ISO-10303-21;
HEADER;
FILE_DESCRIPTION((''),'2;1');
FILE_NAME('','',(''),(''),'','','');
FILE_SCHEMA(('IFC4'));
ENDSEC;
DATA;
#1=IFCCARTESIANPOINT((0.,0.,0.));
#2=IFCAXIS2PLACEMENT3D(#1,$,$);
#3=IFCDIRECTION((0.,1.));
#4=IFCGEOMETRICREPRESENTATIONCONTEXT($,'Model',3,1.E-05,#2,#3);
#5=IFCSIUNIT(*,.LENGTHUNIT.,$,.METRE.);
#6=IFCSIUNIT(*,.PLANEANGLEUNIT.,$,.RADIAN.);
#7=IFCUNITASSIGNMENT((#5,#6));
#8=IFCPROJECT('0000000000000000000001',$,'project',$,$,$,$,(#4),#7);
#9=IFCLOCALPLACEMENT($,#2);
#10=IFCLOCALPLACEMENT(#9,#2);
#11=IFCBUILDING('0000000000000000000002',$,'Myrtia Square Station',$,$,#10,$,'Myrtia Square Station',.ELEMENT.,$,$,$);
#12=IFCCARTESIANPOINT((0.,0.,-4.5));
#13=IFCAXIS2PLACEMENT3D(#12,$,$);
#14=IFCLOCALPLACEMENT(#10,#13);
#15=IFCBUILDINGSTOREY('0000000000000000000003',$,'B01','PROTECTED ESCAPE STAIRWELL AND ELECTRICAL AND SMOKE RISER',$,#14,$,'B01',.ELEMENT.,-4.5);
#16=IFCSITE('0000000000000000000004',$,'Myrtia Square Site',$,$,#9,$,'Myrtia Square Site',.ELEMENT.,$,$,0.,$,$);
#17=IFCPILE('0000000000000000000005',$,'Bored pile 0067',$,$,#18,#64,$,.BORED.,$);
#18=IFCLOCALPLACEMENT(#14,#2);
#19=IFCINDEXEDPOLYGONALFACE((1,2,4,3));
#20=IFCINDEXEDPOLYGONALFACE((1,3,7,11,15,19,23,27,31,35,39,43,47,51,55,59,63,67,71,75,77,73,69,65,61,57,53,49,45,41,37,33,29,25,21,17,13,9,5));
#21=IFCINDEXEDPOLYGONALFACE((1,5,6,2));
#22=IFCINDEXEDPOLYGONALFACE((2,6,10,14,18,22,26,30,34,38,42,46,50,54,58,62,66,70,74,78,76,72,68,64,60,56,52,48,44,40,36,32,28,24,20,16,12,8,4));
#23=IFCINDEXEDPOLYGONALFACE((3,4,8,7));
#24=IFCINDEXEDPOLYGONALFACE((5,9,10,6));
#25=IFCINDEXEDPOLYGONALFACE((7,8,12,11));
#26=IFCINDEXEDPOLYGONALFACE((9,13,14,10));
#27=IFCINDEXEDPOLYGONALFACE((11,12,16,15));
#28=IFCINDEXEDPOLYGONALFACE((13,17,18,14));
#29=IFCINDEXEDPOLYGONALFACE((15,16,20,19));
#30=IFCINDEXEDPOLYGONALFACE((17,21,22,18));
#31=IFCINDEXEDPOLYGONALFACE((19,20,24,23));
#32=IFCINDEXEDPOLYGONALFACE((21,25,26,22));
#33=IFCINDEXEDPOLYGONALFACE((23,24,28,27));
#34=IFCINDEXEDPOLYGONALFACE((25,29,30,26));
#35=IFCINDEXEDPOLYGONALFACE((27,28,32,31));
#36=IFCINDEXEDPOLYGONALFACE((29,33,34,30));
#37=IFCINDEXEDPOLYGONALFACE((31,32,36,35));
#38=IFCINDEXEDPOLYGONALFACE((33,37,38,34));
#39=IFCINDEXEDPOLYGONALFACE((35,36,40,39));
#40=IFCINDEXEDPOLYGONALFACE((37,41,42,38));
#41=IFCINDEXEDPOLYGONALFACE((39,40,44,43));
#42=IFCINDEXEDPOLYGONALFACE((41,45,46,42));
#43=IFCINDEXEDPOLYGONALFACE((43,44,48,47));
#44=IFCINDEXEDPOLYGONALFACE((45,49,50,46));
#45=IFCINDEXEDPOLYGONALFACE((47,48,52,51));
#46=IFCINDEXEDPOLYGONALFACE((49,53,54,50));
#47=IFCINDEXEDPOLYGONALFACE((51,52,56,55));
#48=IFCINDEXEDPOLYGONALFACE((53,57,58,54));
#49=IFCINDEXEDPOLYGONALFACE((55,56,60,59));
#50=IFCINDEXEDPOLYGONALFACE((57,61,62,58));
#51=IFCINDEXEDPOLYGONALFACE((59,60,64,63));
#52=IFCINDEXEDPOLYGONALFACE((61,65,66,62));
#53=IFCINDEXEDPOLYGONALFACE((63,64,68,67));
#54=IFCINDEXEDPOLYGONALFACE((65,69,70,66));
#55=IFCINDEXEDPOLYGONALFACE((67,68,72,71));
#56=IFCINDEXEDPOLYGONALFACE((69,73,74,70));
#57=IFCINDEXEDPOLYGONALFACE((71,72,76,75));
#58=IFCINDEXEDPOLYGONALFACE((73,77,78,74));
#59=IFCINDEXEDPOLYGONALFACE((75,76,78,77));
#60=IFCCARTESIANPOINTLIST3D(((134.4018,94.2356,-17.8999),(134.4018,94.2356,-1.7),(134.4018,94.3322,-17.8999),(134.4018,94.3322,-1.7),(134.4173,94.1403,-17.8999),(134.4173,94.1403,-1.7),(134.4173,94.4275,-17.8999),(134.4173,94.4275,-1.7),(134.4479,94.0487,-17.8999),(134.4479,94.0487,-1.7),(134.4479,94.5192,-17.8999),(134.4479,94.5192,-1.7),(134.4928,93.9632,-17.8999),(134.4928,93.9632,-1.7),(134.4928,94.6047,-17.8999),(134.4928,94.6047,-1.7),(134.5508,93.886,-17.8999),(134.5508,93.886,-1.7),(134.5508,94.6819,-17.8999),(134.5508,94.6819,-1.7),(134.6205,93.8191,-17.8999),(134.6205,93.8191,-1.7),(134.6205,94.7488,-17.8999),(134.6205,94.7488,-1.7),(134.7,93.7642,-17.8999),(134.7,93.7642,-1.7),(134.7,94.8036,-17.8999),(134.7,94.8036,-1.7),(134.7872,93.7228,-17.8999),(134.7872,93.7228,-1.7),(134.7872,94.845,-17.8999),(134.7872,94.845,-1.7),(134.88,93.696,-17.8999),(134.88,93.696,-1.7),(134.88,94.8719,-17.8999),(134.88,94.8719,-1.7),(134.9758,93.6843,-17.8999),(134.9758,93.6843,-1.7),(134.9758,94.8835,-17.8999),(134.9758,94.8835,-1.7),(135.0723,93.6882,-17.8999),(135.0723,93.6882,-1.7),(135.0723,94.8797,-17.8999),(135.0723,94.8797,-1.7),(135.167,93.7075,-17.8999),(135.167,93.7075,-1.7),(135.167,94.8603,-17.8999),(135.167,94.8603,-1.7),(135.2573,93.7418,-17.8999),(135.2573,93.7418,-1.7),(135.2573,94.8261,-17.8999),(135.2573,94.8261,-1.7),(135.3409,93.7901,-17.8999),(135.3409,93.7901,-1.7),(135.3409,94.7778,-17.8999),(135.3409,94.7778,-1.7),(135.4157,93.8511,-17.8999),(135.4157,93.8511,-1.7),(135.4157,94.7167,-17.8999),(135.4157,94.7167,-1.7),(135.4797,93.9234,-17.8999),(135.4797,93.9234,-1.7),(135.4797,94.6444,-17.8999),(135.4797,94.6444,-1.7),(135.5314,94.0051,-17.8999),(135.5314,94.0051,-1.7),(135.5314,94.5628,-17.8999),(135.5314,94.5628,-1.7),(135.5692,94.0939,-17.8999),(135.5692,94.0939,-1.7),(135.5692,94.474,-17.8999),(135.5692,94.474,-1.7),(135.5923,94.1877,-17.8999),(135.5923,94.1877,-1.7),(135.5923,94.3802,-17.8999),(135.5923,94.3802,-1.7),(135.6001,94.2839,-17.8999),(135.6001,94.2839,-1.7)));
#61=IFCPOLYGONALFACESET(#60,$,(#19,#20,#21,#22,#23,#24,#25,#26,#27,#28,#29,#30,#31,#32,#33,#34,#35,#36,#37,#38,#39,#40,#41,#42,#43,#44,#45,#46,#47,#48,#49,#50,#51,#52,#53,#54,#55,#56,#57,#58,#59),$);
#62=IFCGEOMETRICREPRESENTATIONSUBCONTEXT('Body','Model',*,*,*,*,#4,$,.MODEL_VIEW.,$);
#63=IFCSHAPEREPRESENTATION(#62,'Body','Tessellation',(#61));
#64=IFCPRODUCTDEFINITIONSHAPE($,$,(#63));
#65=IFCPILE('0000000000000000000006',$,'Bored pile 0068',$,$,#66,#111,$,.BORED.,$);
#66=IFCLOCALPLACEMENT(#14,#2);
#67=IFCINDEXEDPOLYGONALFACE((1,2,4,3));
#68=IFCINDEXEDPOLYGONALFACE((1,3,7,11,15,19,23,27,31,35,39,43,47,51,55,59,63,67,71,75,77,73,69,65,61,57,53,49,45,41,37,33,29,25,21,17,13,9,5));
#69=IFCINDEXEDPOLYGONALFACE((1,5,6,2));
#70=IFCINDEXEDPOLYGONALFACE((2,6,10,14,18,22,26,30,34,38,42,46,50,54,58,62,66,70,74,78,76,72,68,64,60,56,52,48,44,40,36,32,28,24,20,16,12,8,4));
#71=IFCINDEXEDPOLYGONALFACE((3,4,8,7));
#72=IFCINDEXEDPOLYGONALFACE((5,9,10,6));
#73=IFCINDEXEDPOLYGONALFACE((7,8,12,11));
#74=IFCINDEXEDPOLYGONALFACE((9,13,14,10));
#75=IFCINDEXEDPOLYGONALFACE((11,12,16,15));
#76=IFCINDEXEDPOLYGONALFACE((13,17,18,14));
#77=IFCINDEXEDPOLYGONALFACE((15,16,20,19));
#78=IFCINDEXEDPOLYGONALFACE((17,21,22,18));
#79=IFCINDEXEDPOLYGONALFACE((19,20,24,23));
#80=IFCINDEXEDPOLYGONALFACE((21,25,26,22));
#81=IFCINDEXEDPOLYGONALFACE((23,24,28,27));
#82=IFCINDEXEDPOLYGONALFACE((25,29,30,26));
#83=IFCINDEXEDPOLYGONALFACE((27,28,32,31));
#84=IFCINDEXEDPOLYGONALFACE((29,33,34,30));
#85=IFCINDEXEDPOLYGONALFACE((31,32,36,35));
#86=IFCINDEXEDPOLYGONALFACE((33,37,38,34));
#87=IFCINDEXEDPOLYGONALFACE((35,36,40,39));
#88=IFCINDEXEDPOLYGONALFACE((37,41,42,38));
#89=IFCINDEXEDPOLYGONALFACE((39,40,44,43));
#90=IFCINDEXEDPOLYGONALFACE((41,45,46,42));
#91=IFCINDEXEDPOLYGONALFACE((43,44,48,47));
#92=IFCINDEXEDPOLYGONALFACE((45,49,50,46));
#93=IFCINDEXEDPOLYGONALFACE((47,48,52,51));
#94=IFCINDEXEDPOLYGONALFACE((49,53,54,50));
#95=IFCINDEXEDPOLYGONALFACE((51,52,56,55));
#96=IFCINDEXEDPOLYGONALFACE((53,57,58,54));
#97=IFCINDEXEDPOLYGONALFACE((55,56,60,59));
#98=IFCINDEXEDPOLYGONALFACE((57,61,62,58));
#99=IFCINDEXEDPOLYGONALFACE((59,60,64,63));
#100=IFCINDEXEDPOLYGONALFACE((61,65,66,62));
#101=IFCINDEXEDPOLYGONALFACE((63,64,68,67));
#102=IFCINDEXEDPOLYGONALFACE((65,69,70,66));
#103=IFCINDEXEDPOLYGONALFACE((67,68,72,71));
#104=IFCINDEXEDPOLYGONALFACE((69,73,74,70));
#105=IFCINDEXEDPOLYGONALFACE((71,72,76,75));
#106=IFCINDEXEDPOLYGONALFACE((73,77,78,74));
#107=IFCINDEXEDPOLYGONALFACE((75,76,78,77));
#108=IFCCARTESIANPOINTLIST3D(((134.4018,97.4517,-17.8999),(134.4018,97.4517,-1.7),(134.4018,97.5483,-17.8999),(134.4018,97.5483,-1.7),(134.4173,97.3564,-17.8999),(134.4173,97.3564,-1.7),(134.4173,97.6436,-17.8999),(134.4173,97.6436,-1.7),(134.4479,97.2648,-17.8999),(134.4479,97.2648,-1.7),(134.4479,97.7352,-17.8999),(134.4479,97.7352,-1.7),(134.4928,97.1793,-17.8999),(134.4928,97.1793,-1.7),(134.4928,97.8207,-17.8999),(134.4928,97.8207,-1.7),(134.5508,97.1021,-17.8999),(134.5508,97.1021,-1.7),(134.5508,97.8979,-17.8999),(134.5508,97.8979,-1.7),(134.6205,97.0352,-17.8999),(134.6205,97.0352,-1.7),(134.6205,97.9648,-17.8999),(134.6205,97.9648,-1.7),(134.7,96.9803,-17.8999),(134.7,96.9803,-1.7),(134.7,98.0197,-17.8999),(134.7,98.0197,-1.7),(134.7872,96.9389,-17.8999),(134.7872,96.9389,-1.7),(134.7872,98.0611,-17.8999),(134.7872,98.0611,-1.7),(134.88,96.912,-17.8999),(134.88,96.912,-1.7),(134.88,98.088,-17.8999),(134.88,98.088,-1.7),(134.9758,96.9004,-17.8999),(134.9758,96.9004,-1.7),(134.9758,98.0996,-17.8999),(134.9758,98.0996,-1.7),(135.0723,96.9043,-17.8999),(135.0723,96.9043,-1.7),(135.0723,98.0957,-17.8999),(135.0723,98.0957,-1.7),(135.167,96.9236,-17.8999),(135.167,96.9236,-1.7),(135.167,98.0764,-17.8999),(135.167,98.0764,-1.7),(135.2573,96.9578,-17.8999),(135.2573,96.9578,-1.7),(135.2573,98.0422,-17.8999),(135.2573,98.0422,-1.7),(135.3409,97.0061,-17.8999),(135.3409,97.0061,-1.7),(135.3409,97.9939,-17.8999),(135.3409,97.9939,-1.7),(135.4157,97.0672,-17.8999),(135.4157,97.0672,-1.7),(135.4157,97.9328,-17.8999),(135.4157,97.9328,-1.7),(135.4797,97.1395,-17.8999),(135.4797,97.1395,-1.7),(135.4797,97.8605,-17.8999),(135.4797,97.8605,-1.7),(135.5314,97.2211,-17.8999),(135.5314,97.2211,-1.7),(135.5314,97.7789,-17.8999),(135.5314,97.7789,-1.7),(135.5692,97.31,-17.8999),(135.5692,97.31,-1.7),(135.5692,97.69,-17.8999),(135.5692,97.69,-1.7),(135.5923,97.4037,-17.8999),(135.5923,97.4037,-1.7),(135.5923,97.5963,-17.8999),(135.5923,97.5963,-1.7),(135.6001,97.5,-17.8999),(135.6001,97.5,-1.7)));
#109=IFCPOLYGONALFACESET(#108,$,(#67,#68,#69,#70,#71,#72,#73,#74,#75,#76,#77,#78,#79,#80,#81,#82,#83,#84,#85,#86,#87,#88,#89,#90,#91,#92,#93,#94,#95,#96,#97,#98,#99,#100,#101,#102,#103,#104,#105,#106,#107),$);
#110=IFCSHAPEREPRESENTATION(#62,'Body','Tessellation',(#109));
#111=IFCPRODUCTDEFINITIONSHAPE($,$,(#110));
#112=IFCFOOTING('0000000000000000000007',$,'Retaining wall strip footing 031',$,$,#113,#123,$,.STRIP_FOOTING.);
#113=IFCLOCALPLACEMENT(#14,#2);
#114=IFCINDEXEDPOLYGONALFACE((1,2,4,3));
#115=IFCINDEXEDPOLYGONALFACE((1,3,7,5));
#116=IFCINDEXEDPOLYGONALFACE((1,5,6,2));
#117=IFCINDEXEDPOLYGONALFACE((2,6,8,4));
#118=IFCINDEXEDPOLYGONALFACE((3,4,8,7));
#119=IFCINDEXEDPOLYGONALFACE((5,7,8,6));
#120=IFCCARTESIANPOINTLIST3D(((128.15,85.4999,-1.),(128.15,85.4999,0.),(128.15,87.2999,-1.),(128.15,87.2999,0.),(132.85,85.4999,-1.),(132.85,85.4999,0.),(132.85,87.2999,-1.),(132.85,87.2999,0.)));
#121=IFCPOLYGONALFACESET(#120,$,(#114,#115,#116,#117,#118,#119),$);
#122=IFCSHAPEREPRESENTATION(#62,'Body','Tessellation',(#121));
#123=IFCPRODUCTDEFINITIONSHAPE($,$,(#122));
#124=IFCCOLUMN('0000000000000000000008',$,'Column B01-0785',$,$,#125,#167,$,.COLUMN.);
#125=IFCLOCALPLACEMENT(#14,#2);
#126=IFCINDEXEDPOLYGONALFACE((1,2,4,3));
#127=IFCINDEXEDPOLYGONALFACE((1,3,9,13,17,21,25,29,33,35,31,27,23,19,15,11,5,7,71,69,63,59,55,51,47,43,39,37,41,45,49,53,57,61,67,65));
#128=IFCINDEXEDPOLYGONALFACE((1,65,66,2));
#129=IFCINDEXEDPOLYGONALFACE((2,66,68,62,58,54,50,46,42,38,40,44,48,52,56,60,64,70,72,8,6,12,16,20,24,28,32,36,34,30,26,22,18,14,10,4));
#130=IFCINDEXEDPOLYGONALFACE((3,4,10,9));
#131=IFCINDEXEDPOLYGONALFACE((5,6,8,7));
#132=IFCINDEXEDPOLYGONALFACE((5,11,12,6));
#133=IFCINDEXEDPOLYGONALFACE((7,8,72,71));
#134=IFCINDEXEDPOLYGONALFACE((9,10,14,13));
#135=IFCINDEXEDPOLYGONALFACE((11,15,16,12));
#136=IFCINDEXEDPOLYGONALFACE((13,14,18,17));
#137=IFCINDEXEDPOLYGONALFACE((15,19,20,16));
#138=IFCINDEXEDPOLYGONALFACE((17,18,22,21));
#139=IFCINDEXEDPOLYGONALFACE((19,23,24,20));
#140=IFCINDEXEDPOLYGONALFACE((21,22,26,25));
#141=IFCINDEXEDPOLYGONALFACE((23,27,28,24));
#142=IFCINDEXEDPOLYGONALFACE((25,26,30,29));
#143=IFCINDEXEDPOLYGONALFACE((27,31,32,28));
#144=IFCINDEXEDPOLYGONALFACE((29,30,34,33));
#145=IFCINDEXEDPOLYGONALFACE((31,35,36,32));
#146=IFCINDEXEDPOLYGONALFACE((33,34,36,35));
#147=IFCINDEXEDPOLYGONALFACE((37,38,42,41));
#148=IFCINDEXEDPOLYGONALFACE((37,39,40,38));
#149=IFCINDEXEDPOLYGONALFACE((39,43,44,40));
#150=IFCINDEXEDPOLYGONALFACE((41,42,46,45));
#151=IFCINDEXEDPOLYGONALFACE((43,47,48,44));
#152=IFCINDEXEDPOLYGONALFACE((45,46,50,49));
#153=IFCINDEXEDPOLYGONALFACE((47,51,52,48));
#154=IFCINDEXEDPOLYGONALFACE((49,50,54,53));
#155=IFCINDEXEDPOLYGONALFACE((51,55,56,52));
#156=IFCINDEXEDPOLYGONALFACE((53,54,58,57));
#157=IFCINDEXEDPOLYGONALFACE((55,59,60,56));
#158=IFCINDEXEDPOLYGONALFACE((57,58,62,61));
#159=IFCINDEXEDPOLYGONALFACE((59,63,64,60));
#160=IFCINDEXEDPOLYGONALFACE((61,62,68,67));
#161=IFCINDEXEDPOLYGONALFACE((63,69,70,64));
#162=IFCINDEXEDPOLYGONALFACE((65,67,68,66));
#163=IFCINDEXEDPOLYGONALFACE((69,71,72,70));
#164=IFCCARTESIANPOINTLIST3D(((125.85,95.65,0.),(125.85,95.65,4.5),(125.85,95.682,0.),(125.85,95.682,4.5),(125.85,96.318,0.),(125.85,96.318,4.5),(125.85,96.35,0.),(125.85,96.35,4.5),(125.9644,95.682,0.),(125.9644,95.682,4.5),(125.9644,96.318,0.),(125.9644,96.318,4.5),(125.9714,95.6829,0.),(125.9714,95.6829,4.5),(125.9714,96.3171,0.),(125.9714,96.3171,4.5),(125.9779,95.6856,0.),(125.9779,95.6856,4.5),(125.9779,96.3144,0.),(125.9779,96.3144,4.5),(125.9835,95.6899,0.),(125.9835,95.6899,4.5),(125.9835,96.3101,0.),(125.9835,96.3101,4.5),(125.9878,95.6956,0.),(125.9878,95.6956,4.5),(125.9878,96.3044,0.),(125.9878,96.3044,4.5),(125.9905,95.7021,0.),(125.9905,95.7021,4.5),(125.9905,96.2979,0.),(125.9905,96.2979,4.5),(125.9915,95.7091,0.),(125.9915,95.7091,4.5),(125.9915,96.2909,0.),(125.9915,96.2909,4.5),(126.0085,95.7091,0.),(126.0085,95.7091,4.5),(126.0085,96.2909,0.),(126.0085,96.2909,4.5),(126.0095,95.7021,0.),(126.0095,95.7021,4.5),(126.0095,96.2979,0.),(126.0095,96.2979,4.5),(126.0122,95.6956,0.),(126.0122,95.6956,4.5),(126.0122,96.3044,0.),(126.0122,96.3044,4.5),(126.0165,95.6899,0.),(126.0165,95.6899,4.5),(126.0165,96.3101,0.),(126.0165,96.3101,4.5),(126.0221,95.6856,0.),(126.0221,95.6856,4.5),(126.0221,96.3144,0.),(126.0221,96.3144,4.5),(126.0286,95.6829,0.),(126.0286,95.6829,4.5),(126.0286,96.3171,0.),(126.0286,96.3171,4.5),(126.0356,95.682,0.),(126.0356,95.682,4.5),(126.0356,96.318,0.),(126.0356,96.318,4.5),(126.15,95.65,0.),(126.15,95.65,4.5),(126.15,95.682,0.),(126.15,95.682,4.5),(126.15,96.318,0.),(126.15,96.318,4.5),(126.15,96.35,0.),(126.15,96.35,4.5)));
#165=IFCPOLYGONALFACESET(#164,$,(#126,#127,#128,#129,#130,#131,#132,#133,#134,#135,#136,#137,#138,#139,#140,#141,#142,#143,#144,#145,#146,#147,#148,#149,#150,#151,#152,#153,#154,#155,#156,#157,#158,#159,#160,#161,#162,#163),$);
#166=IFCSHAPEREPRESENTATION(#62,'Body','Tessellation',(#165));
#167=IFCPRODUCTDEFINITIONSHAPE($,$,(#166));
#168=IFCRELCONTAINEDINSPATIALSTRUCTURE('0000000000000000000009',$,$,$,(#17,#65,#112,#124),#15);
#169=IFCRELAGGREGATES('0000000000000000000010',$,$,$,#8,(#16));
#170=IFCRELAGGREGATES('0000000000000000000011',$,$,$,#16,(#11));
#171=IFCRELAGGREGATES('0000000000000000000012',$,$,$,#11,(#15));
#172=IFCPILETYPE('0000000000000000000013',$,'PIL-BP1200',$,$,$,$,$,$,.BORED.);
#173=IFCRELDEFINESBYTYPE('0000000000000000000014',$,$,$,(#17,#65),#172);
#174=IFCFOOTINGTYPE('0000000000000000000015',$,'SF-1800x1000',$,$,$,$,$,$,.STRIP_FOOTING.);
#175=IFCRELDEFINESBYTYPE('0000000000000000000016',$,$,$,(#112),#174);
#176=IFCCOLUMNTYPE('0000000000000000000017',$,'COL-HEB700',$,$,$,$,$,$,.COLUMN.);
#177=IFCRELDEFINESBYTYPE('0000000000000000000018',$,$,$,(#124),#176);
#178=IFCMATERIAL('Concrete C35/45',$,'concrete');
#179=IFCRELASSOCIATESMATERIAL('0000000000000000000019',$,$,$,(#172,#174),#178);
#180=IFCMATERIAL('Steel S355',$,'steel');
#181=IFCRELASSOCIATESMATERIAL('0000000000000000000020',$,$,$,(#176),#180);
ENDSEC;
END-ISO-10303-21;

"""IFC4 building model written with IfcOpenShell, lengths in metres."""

from ifc_helpers import new_model, si_unit, direction, frame, origin, origin_2d, place, context, subcontext, project, spatial, rectangle, circle, i_section, extrude, material, material_profile, profile_set, type_object, element, save


model = new_model("IFC4")

# Units and contexts
model_context = context("Model", 3, precision=1e-05, world=origin(), true_north=direction((0.0, 1.0)))
body_context = subcontext(model_context, "Body", "Model", "MODEL_VIEW")
ifc_project = project(units=[si_unit("LENGTHUNIT", "METRE"), si_unit("PLANEANGLEUNIT", "RADIAN")], contexts=[model_context])

# Site, building, storey
site_placement = place(None, origin())
site = spatial("IfcSite", under=ifc_project, at=site_placement, Name="Myrtia Square Site", LongName="Myrtia Square Site", CompositionType="ELEMENT", RefElevation=0.0)
building_placement = place(site_placement, origin())
building = spatial("IfcBuilding", under=site, at=building_placement, Name="Myrtia Square Station", LongName="Myrtia Square Station", CompositionType="ELEMENT")
storey_placement = place(building_placement, frame((0.0, 0.0, -4.5)))
storey = spatial("IfcBuildingStorey", under=building, at=storey_placement, Name="B01", Description="PROTECTED ESCAPE STAIRWELL AND ELECTRICAL AND SMOKE RISER", LongName="B01", CompositionType="ELEMENT", Elevation=-4.5)

# Shared definitions
ifc_material_1 = material(Name="Concrete C35/45", Category="concrete")

# Piles
ifc_material_profile_1 = material_profile(ifc_material_1, circle(Radius=0.6001, at=origin_2d()), Name="BP D1200")
ifc_profile_set_1 = profile_set([ifc_material_profile_1], Name="Concrete C35/45")
pile_type_1 = type_object("IfcPileType", Name="PIL-BP1200", PredefinedType="BORED", material=ifc_profile_set_1)
for number, where, z_axis, x_axis, name in (
    (1, (135.0, 94.2839, -1.7), (0.0, 0.0, -1.0), (1.0, 0.0, 0.0), "Bored pile 0067"),
    (2, (135.0, 97.5, -1.7), (0.0, 0.0, -1.0), (1.0, 0.0, 0.0), "Bored pile 0068"),
):
    element("IfcPile", number, at=place(storey_placement, frame(where, z_axis=z_axis, x_axis=x_axis)), inside=storey, type_object=pile_type_1, Name=name, PredefinedType="BORED", context=body_context, shape_type="SweptSolid", body=[
        extrude(circle(Radius=0.6001, at=origin_2d()), origin(), (0.0, 0.0, 1.0), 16.2),
    ])

# Footing
footing_type_1 = type_object("IfcFootingType", Name="SF-1800x1000", PredefinedType="STRIP_FOOTING", material=ifc_material_1)
footing_1_placement = place(storey_placement, frame((130.5, 86.3999, -1.0), z_axis=(0.0, 0.0, 1.0), x_axis=(1.0, 0.0, 0.0)))
element("IfcFooting", 3, at=footing_1_placement, inside=storey, type_object=footing_type_1, Name="Retaining wall strip footing 031", PredefinedType="STRIP_FOOTING", context=body_context, shape_type="SweptSolid", body=[
    extrude(rectangle(XDim=4.7, YDim=1.8, at=origin_2d()), origin(), (0.0, 0.0, 1.0), 1.0),
])

# Column
ifc_material_2 = material(Name="Steel S355", Category="steel")
ifc_material_profile_2 = material_profile(ifc_material_2, i_section(OverallWidth=0.3, OverallDepth=0.7, WebThickness=0.0171, FlangeThickness=0.032, FilletRadius=0.0271, at=origin_2d()), Name="HEB 700")
ifc_profile_set_2 = profile_set([ifc_material_profile_2], Name="Steel S355")
column_type_1 = type_object("IfcColumnType", Name="COL-HEB700", PredefinedType="COLUMN", material=ifc_profile_set_2)
for number, where, z_axis, x_axis, name in (
    (4, (126.0, 96.0, 0.0), (0.0, 0.0, 1.0), (1.0, 0.0, 0.0), "Column B01-0785"),
):
    element("IfcColumn", number, at=place(storey_placement, frame(where, z_axis=z_axis, x_axis=x_axis)), inside=storey, type_object=column_type_1, Name=name, PredefinedType="COLUMN", context=body_context, shape_type="SweptSolid", body=[
        extrude(i_section(OverallWidth=0.3, OverallDepth=0.7, WebThickness=0.0171, FlangeThickness=0.032, FilletRadius=0.0271, at=origin_2d()), origin(), (0.0, 0.0, 1.0), 4.5),
    ])

save(model, "model.ifc")
